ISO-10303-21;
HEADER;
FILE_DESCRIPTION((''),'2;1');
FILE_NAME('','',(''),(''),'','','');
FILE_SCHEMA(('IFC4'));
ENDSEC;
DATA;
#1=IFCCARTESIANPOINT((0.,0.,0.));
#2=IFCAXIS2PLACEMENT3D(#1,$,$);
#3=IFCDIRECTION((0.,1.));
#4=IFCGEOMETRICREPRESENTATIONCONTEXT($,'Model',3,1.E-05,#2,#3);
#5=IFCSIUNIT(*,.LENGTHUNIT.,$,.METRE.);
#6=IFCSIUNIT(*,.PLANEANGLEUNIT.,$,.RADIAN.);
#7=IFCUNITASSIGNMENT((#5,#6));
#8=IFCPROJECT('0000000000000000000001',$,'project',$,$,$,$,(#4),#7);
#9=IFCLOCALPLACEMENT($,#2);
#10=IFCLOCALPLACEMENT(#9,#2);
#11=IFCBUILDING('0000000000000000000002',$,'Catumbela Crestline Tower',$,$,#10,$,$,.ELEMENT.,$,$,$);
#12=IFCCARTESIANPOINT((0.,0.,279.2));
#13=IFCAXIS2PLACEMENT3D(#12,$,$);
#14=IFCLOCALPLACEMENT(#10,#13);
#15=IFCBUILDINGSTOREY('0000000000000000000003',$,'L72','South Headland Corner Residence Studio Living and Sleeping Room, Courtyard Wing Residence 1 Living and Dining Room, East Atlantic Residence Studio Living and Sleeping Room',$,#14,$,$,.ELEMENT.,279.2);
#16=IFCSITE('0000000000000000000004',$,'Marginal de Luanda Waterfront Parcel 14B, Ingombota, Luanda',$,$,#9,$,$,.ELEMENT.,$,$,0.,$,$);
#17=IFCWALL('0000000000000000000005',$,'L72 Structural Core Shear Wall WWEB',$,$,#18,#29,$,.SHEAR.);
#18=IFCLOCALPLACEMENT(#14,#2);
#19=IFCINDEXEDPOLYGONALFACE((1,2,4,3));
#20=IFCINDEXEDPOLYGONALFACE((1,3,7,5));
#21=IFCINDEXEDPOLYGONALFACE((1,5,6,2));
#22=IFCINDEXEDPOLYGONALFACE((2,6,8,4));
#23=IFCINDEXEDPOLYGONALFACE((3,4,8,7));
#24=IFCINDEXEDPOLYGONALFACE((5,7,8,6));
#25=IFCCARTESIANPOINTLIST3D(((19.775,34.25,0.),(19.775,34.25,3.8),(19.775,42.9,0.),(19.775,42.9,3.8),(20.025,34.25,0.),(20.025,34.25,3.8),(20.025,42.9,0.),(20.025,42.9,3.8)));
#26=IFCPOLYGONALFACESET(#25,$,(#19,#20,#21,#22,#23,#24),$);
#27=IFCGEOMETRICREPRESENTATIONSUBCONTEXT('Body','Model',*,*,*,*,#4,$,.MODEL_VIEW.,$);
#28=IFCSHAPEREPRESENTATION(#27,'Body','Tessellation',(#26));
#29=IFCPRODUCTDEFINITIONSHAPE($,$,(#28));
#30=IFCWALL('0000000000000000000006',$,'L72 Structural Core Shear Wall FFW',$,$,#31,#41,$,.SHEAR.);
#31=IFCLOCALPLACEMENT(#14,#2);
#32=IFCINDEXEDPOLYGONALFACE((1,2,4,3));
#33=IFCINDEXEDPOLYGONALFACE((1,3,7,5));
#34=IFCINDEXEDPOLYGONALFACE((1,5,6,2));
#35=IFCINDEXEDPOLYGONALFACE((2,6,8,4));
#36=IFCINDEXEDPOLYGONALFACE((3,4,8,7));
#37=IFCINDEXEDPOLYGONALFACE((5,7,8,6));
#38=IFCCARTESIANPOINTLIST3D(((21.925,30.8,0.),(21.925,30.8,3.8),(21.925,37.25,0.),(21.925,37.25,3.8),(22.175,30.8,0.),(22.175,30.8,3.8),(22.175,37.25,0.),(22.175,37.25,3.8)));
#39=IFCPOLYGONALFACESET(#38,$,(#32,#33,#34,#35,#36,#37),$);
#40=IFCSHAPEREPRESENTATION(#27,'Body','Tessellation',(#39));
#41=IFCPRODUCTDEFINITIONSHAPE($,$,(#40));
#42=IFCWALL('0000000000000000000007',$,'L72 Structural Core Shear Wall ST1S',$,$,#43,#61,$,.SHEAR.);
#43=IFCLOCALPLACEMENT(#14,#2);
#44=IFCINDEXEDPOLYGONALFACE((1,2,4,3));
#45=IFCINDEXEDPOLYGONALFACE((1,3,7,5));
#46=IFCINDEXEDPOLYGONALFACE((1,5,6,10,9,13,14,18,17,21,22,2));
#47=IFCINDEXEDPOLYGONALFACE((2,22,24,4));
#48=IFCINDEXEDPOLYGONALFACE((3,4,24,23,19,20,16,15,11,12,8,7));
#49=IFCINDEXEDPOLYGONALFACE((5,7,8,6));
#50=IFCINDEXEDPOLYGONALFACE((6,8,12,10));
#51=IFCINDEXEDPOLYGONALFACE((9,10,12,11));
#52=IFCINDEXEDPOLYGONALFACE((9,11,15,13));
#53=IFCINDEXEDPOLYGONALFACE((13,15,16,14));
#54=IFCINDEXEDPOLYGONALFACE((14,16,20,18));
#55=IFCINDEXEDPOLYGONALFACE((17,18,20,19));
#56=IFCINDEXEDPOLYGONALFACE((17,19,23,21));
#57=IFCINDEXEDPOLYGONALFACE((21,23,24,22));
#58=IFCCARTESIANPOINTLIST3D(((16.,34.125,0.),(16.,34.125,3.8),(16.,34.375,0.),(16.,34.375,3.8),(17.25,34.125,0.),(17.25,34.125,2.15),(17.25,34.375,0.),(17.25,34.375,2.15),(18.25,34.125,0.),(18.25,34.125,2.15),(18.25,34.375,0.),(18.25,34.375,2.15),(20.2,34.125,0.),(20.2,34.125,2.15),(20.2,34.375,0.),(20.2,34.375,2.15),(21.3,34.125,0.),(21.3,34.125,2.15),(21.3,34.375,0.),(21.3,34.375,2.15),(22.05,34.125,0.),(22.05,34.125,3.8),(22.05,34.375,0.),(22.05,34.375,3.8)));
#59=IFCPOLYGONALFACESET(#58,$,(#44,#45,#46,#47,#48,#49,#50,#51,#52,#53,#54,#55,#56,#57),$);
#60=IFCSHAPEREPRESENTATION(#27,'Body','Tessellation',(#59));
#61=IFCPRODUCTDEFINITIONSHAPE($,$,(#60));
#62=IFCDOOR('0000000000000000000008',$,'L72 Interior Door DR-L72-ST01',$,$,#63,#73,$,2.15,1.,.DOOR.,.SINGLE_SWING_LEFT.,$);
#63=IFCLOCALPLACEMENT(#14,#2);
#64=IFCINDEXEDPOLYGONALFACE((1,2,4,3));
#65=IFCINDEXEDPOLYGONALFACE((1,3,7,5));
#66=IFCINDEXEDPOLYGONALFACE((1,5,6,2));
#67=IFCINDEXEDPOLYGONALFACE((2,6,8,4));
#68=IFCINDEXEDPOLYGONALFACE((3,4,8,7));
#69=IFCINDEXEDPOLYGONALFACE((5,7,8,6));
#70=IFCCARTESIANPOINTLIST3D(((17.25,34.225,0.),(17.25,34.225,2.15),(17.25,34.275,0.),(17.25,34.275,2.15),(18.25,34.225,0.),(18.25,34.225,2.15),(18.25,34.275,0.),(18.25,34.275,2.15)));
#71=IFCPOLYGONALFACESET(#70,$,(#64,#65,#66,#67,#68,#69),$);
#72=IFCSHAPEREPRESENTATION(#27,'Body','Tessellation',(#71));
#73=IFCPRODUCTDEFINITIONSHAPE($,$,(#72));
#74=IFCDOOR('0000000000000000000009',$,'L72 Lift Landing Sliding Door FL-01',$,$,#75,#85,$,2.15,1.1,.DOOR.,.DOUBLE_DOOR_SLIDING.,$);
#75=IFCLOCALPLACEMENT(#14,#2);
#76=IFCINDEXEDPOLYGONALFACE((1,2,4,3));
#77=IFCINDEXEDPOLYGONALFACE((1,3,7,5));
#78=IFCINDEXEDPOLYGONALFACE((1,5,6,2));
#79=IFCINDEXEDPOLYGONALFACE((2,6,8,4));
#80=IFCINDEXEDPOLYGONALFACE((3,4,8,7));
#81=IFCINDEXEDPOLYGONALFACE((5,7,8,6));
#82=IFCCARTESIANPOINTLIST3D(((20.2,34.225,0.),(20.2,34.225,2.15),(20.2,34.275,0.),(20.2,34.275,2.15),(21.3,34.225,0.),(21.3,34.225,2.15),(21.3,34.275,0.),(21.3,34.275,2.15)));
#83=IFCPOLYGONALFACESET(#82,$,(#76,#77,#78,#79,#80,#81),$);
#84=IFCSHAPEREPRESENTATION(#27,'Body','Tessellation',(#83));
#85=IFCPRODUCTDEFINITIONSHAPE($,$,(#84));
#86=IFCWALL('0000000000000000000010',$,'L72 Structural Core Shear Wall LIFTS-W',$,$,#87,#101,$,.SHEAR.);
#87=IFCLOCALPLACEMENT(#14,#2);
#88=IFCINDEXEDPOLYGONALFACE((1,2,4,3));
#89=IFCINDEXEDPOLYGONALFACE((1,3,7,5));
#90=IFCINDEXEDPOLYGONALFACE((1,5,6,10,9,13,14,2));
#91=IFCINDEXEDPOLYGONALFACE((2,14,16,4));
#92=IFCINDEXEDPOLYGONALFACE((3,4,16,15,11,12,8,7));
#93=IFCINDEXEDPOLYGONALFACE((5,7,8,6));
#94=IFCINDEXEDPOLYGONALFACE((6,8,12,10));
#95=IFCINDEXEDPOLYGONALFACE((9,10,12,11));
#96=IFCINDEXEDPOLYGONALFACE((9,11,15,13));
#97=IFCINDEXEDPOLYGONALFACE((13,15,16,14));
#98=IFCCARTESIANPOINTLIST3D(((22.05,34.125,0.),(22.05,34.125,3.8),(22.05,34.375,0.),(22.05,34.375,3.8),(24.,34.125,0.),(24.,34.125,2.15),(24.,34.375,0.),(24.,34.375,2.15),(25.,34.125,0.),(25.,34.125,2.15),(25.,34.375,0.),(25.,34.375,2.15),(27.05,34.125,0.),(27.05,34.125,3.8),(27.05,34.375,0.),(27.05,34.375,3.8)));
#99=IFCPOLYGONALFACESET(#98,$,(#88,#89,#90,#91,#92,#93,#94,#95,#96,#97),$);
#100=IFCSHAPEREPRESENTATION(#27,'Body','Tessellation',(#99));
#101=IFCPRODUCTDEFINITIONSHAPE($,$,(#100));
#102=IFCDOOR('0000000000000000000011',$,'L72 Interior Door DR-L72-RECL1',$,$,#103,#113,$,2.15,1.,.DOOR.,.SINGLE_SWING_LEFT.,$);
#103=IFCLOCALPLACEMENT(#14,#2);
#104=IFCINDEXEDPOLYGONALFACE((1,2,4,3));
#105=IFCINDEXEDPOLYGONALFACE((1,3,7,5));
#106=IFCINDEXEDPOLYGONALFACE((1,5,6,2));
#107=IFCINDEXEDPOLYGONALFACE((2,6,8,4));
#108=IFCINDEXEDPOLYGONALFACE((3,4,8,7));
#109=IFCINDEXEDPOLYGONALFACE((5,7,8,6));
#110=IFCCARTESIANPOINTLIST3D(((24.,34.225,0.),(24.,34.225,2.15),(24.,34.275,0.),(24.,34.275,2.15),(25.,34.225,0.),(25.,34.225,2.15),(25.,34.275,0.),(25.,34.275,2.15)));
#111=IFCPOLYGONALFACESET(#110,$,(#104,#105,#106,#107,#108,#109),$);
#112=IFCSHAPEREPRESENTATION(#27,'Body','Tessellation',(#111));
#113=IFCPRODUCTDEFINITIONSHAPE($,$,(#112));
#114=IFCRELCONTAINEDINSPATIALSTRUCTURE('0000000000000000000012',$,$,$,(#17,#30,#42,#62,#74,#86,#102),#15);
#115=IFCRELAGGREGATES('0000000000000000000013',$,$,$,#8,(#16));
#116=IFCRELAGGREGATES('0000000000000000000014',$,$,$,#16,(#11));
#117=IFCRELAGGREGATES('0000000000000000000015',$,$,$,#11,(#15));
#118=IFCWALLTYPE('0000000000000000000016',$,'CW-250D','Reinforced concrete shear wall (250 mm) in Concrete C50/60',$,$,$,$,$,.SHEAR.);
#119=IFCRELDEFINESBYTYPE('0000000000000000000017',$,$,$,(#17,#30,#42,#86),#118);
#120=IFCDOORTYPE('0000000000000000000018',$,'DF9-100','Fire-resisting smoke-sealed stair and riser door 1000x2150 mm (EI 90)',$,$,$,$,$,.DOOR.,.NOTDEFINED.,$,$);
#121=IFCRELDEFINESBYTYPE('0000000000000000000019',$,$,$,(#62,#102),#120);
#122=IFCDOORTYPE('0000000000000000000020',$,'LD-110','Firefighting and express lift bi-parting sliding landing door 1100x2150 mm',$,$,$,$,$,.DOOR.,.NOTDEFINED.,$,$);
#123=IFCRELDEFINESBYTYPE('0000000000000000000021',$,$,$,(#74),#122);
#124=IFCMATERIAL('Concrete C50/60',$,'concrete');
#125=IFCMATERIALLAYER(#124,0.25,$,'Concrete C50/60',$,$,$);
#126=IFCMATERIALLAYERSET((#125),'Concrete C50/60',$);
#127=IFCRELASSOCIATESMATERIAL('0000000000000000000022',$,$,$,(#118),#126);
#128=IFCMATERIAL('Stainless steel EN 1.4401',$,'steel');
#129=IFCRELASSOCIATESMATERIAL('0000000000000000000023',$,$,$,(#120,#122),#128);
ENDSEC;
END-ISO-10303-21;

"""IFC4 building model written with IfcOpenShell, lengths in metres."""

from ifc_helpers import new_model, si_unit, direction, frame, frame_2d, origin, place, context, subcontext, project, spatial, rectangle, extrude, material, layer, layer_set, type_object, element, fill, save


model = new_model("IFC4")

# Units and contexts
model_context = context("Model", 3, precision=1e-05, world=origin(), true_north=direction((0.0, 1.0)))
body_context = subcontext(model_context, "Body", "Model", "MODEL_VIEW")
ifc_project = project(units=[si_unit("LENGTHUNIT", "METRE"), si_unit("PLANEANGLEUNIT", "RADIAN")], contexts=[model_context])

# Site, building, storey
site_placement = place(None, origin())
site = spatial("IfcSite", under=ifc_project, at=site_placement, Name="Marginal de Luanda Waterfront Parcel 14B, Ingombota, Luanda", CompositionType="ELEMENT", RefElevation=0.0)
building_placement = place(site_placement, origin())
building = spatial("IfcBuilding", under=site, at=building_placement, Name="Catumbela Crestline Tower", CompositionType="ELEMENT")
storey_placement = place(building_placement, frame((0.0, 0.0, 279.2)))
storey = spatial("IfcBuildingStorey", under=building, at=storey_placement, Name="L72", Description="South Headland Corner Residence Studio Living and Sleeping Room, Courtyard Wing Residence 1 Living and Dining Room, East Atlantic Residence Studio Living and Sleeping Room", CompositionType="ELEMENT", Elevation=279.2)

# Walls
ifc_material_1 = material(Name="Concrete C50/60", Category="concrete")
ifc_layer = layer(ifc_material_1, 0.25, Name="Concrete C50/60")
ifc_layer_set = layer_set([ifc_layer], Name="Concrete C50/60")
wall_type = type_object("IfcWallType", Name="CW-250D", Description="Reinforced concrete shear wall (250 mm) in Concrete C50/60", PredefinedType="SHEAR", material=ifc_layer_set)
wall_1_placement = place(storey_placement, frame((19.9, 34.25, 0.0), z_axis=(0.0, 0.0, 1.0), x_axis=(0.0, 1.0, 0.0)))
element("IfcWall", 1, at=wall_1_placement, inside=storey, type_object=wall_type, Name="L72 Structural Core Shear Wall WWEB", PredefinedType="SHEAR", context=body_context, shape_type="SweptSolid", body=[
    extrude(rectangle(XDim=8.65, YDim=0.25, at=frame_2d((4.325, 0.0))), origin(), (0.0, 0.0, 1.0), 3.8),
])
wall_2_placement = place(storey_placement, frame((22.05, 30.8, 0.0), z_axis=(0.0, 0.0, 1.0), x_axis=(0.0, 1.0, 0.0)))
element("IfcWall", 2, at=wall_2_placement, inside=storey, type_object=wall_type, Name="L72 Structural Core Shear Wall FFW", PredefinedType="SHEAR", context=body_context, shape_type="SweptSolid", body=[
    extrude(rectangle(XDim=6.45, YDim=0.25, at=frame_2d((3.225, 0.0))), origin(), (0.0, 0.0, 1.0), 3.8),
])

# Wall, openings, doors
wall_3_placement = place(storey_placement, frame((16.0, 34.25, 0.0), z_axis=(0.0, 0.0, 1.0), x_axis=(1.0, 0.0, 0.0)))
wall_3 = element("IfcWall", 3, at=wall_3_placement, inside=storey, type_object=wall_type, Name="L72 Structural Core Shear Wall ST1S", PredefinedType="SHEAR", context=body_context, shape_type="SweptSolid", body=[
    extrude(rectangle(XDim=6.05, YDim=0.25, at=frame_2d((3.025, 0.0))), origin(), (0.0, 0.0, 1.0), 3.8),
])
opening_1_placement = place(wall_3_placement, frame((1.25, 0.0, 0.0)))
opening_1 = element("IfcOpeningElement", 4, at=opening_1_placement, cuts=wall_3, PredefinedType="OPENING", context=body_context, shape_type="SweptSolid", body=[
    extrude(rectangle(XDim=1.0, YDim=2.15, at=frame_2d((0.5, 1.075))), frame((0.0, 0.135, 0.0), z_axis=(0.0, -1.0, 0.0), x_axis=(1.0, 0.0, 0.0)), (0.0, 0.0, 1.0), 0.27),
])
opening_2_placement = place(wall_3_placement, frame((4.2, 0.0, 0.0)))
opening_2 = element("IfcOpeningElement", 5, at=opening_2_placement, cuts=wall_3, PredefinedType="OPENING", context=body_context, shape_type="SweptSolid", body=[
    extrude(rectangle(XDim=1.1, YDim=2.15, at=frame_2d((0.55, 1.075))), frame((0.0, 0.135, 0.0), z_axis=(0.0, -1.0, 0.0), x_axis=(1.0, 0.0, 0.0)), (0.0, 0.0, 1.0), 0.27),
])
ifc_material_2 = material(Name="Stainless steel EN 1.4401", Category="steel")
door_type_1 = type_object("IfcDoorType", Name="DF9-100", Description="Fire-resisting smoke-sealed stair and riser door 1000x2150 mm (EI 90)", OperationType="NOTDEFINED", PredefinedType="DOOR", material=ifc_material_2)
door_1_placement = place(opening_1_placement, origin())
door_1 = element("IfcDoor", 6, at=door_1_placement, inside=storey, type_object=door_type_1, Name="L72 Interior Door DR-L72-ST01", OperationType="SINGLE_SWING_LEFT", OverallHeight=2.15, OverallWidth=1.0, PredefinedType="DOOR", context=body_context, shape_type="SweptSolid", body=[
    extrude(rectangle(XDim=1.0, YDim=2.15, at=frame_2d((0.5, 1.075))), frame((0.0, 0.025, 0.0), z_axis=(0.0, -1.0, 0.0), x_axis=(1.0, 0.0, 0.0)), (0.0, 0.0, 1.0), 0.05),
])
fill(opening_1, door_1)
door_type_2 = type_object("IfcDoorType", Name="LD-110", Description="Firefighting and express lift bi-parting sliding landing door 1100x2150 mm", OperationType="NOTDEFINED", PredefinedType="DOOR", material=ifc_material_2)
door_2_placement = place(opening_2_placement, origin())
door_2 = element("IfcDoor", 7, at=door_2_placement, inside=storey, type_object=door_type_2, Name="L72 Lift Landing Sliding Door FL-01", OperationType="DOUBLE_DOOR_SLIDING", OverallHeight=2.15, OverallWidth=1.1, PredefinedType="DOOR", context=body_context, shape_type="SweptSolid", body=[
    extrude(rectangle(XDim=1.1, YDim=2.15, at=frame_2d((0.55, 1.075))), frame((0.0, 0.025, 0.0), z_axis=(0.0, -1.0, 0.0), x_axis=(1.0, 0.0, 0.0)), (0.0, 0.0, 1.0), 0.05),
])
fill(opening_2, door_2)

# Wall, opening, door
wall_4_placement = place(storey_placement, frame((22.05, 34.25, 0.0), z_axis=(0.0, 0.0, 1.0), x_axis=(1.0, 0.0, 0.0)))
wall_4 = element("IfcWall", 8, at=wall_4_placement, inside=storey, type_object=wall_type, Name="L72 Structural Core Shear Wall LIFTS-W", PredefinedType="SHEAR", context=body_context, shape_type="SweptSolid", body=[
    extrude(rectangle(XDim=5.0, YDim=0.25, at=frame_2d((2.5, 0.0))), origin(), (0.0, 0.0, 1.0), 3.8),
])
opening_3_placement = place(wall_4_placement, frame((1.95, 0.0, 0.0)))
opening_3 = element("IfcOpeningElement", 9, at=opening_3_placement, cuts=wall_4, PredefinedType="OPENING", context=body_context, shape_type="SweptSolid", body=[
    extrude(rectangle(XDim=1.0, YDim=2.15, at=frame_2d((0.5, 1.075))), frame((0.0, 0.135, 0.0), z_axis=(0.0, -1.0, 0.0), x_axis=(1.0, 0.0, 0.0)), (0.0, 0.0, 1.0), 0.27),
])
door_3_placement = place(opening_3_placement, origin())
door_3 = element("IfcDoor", 10, at=door_3_placement, inside=storey, type_object=door_type_1, Name="L72 Interior Door DR-L72-RECL1", OperationType="SINGLE_SWING_LEFT", OverallHeight=2.15, OverallWidth=1.0, PredefinedType="DOOR", context=body_context, shape_type="SweptSolid", body=[
    extrude(rectangle(XDim=1.0, YDim=2.15, at=frame_2d((0.5, 1.075))), frame((0.0, 0.025, 0.0), z_axis=(0.0, -1.0, 0.0), x_axis=(1.0, 0.0, 0.0)), (0.0, 0.0, 1.0), 0.05),
])
fill(opening_3, door_3)

save(model, "model.ifc")
